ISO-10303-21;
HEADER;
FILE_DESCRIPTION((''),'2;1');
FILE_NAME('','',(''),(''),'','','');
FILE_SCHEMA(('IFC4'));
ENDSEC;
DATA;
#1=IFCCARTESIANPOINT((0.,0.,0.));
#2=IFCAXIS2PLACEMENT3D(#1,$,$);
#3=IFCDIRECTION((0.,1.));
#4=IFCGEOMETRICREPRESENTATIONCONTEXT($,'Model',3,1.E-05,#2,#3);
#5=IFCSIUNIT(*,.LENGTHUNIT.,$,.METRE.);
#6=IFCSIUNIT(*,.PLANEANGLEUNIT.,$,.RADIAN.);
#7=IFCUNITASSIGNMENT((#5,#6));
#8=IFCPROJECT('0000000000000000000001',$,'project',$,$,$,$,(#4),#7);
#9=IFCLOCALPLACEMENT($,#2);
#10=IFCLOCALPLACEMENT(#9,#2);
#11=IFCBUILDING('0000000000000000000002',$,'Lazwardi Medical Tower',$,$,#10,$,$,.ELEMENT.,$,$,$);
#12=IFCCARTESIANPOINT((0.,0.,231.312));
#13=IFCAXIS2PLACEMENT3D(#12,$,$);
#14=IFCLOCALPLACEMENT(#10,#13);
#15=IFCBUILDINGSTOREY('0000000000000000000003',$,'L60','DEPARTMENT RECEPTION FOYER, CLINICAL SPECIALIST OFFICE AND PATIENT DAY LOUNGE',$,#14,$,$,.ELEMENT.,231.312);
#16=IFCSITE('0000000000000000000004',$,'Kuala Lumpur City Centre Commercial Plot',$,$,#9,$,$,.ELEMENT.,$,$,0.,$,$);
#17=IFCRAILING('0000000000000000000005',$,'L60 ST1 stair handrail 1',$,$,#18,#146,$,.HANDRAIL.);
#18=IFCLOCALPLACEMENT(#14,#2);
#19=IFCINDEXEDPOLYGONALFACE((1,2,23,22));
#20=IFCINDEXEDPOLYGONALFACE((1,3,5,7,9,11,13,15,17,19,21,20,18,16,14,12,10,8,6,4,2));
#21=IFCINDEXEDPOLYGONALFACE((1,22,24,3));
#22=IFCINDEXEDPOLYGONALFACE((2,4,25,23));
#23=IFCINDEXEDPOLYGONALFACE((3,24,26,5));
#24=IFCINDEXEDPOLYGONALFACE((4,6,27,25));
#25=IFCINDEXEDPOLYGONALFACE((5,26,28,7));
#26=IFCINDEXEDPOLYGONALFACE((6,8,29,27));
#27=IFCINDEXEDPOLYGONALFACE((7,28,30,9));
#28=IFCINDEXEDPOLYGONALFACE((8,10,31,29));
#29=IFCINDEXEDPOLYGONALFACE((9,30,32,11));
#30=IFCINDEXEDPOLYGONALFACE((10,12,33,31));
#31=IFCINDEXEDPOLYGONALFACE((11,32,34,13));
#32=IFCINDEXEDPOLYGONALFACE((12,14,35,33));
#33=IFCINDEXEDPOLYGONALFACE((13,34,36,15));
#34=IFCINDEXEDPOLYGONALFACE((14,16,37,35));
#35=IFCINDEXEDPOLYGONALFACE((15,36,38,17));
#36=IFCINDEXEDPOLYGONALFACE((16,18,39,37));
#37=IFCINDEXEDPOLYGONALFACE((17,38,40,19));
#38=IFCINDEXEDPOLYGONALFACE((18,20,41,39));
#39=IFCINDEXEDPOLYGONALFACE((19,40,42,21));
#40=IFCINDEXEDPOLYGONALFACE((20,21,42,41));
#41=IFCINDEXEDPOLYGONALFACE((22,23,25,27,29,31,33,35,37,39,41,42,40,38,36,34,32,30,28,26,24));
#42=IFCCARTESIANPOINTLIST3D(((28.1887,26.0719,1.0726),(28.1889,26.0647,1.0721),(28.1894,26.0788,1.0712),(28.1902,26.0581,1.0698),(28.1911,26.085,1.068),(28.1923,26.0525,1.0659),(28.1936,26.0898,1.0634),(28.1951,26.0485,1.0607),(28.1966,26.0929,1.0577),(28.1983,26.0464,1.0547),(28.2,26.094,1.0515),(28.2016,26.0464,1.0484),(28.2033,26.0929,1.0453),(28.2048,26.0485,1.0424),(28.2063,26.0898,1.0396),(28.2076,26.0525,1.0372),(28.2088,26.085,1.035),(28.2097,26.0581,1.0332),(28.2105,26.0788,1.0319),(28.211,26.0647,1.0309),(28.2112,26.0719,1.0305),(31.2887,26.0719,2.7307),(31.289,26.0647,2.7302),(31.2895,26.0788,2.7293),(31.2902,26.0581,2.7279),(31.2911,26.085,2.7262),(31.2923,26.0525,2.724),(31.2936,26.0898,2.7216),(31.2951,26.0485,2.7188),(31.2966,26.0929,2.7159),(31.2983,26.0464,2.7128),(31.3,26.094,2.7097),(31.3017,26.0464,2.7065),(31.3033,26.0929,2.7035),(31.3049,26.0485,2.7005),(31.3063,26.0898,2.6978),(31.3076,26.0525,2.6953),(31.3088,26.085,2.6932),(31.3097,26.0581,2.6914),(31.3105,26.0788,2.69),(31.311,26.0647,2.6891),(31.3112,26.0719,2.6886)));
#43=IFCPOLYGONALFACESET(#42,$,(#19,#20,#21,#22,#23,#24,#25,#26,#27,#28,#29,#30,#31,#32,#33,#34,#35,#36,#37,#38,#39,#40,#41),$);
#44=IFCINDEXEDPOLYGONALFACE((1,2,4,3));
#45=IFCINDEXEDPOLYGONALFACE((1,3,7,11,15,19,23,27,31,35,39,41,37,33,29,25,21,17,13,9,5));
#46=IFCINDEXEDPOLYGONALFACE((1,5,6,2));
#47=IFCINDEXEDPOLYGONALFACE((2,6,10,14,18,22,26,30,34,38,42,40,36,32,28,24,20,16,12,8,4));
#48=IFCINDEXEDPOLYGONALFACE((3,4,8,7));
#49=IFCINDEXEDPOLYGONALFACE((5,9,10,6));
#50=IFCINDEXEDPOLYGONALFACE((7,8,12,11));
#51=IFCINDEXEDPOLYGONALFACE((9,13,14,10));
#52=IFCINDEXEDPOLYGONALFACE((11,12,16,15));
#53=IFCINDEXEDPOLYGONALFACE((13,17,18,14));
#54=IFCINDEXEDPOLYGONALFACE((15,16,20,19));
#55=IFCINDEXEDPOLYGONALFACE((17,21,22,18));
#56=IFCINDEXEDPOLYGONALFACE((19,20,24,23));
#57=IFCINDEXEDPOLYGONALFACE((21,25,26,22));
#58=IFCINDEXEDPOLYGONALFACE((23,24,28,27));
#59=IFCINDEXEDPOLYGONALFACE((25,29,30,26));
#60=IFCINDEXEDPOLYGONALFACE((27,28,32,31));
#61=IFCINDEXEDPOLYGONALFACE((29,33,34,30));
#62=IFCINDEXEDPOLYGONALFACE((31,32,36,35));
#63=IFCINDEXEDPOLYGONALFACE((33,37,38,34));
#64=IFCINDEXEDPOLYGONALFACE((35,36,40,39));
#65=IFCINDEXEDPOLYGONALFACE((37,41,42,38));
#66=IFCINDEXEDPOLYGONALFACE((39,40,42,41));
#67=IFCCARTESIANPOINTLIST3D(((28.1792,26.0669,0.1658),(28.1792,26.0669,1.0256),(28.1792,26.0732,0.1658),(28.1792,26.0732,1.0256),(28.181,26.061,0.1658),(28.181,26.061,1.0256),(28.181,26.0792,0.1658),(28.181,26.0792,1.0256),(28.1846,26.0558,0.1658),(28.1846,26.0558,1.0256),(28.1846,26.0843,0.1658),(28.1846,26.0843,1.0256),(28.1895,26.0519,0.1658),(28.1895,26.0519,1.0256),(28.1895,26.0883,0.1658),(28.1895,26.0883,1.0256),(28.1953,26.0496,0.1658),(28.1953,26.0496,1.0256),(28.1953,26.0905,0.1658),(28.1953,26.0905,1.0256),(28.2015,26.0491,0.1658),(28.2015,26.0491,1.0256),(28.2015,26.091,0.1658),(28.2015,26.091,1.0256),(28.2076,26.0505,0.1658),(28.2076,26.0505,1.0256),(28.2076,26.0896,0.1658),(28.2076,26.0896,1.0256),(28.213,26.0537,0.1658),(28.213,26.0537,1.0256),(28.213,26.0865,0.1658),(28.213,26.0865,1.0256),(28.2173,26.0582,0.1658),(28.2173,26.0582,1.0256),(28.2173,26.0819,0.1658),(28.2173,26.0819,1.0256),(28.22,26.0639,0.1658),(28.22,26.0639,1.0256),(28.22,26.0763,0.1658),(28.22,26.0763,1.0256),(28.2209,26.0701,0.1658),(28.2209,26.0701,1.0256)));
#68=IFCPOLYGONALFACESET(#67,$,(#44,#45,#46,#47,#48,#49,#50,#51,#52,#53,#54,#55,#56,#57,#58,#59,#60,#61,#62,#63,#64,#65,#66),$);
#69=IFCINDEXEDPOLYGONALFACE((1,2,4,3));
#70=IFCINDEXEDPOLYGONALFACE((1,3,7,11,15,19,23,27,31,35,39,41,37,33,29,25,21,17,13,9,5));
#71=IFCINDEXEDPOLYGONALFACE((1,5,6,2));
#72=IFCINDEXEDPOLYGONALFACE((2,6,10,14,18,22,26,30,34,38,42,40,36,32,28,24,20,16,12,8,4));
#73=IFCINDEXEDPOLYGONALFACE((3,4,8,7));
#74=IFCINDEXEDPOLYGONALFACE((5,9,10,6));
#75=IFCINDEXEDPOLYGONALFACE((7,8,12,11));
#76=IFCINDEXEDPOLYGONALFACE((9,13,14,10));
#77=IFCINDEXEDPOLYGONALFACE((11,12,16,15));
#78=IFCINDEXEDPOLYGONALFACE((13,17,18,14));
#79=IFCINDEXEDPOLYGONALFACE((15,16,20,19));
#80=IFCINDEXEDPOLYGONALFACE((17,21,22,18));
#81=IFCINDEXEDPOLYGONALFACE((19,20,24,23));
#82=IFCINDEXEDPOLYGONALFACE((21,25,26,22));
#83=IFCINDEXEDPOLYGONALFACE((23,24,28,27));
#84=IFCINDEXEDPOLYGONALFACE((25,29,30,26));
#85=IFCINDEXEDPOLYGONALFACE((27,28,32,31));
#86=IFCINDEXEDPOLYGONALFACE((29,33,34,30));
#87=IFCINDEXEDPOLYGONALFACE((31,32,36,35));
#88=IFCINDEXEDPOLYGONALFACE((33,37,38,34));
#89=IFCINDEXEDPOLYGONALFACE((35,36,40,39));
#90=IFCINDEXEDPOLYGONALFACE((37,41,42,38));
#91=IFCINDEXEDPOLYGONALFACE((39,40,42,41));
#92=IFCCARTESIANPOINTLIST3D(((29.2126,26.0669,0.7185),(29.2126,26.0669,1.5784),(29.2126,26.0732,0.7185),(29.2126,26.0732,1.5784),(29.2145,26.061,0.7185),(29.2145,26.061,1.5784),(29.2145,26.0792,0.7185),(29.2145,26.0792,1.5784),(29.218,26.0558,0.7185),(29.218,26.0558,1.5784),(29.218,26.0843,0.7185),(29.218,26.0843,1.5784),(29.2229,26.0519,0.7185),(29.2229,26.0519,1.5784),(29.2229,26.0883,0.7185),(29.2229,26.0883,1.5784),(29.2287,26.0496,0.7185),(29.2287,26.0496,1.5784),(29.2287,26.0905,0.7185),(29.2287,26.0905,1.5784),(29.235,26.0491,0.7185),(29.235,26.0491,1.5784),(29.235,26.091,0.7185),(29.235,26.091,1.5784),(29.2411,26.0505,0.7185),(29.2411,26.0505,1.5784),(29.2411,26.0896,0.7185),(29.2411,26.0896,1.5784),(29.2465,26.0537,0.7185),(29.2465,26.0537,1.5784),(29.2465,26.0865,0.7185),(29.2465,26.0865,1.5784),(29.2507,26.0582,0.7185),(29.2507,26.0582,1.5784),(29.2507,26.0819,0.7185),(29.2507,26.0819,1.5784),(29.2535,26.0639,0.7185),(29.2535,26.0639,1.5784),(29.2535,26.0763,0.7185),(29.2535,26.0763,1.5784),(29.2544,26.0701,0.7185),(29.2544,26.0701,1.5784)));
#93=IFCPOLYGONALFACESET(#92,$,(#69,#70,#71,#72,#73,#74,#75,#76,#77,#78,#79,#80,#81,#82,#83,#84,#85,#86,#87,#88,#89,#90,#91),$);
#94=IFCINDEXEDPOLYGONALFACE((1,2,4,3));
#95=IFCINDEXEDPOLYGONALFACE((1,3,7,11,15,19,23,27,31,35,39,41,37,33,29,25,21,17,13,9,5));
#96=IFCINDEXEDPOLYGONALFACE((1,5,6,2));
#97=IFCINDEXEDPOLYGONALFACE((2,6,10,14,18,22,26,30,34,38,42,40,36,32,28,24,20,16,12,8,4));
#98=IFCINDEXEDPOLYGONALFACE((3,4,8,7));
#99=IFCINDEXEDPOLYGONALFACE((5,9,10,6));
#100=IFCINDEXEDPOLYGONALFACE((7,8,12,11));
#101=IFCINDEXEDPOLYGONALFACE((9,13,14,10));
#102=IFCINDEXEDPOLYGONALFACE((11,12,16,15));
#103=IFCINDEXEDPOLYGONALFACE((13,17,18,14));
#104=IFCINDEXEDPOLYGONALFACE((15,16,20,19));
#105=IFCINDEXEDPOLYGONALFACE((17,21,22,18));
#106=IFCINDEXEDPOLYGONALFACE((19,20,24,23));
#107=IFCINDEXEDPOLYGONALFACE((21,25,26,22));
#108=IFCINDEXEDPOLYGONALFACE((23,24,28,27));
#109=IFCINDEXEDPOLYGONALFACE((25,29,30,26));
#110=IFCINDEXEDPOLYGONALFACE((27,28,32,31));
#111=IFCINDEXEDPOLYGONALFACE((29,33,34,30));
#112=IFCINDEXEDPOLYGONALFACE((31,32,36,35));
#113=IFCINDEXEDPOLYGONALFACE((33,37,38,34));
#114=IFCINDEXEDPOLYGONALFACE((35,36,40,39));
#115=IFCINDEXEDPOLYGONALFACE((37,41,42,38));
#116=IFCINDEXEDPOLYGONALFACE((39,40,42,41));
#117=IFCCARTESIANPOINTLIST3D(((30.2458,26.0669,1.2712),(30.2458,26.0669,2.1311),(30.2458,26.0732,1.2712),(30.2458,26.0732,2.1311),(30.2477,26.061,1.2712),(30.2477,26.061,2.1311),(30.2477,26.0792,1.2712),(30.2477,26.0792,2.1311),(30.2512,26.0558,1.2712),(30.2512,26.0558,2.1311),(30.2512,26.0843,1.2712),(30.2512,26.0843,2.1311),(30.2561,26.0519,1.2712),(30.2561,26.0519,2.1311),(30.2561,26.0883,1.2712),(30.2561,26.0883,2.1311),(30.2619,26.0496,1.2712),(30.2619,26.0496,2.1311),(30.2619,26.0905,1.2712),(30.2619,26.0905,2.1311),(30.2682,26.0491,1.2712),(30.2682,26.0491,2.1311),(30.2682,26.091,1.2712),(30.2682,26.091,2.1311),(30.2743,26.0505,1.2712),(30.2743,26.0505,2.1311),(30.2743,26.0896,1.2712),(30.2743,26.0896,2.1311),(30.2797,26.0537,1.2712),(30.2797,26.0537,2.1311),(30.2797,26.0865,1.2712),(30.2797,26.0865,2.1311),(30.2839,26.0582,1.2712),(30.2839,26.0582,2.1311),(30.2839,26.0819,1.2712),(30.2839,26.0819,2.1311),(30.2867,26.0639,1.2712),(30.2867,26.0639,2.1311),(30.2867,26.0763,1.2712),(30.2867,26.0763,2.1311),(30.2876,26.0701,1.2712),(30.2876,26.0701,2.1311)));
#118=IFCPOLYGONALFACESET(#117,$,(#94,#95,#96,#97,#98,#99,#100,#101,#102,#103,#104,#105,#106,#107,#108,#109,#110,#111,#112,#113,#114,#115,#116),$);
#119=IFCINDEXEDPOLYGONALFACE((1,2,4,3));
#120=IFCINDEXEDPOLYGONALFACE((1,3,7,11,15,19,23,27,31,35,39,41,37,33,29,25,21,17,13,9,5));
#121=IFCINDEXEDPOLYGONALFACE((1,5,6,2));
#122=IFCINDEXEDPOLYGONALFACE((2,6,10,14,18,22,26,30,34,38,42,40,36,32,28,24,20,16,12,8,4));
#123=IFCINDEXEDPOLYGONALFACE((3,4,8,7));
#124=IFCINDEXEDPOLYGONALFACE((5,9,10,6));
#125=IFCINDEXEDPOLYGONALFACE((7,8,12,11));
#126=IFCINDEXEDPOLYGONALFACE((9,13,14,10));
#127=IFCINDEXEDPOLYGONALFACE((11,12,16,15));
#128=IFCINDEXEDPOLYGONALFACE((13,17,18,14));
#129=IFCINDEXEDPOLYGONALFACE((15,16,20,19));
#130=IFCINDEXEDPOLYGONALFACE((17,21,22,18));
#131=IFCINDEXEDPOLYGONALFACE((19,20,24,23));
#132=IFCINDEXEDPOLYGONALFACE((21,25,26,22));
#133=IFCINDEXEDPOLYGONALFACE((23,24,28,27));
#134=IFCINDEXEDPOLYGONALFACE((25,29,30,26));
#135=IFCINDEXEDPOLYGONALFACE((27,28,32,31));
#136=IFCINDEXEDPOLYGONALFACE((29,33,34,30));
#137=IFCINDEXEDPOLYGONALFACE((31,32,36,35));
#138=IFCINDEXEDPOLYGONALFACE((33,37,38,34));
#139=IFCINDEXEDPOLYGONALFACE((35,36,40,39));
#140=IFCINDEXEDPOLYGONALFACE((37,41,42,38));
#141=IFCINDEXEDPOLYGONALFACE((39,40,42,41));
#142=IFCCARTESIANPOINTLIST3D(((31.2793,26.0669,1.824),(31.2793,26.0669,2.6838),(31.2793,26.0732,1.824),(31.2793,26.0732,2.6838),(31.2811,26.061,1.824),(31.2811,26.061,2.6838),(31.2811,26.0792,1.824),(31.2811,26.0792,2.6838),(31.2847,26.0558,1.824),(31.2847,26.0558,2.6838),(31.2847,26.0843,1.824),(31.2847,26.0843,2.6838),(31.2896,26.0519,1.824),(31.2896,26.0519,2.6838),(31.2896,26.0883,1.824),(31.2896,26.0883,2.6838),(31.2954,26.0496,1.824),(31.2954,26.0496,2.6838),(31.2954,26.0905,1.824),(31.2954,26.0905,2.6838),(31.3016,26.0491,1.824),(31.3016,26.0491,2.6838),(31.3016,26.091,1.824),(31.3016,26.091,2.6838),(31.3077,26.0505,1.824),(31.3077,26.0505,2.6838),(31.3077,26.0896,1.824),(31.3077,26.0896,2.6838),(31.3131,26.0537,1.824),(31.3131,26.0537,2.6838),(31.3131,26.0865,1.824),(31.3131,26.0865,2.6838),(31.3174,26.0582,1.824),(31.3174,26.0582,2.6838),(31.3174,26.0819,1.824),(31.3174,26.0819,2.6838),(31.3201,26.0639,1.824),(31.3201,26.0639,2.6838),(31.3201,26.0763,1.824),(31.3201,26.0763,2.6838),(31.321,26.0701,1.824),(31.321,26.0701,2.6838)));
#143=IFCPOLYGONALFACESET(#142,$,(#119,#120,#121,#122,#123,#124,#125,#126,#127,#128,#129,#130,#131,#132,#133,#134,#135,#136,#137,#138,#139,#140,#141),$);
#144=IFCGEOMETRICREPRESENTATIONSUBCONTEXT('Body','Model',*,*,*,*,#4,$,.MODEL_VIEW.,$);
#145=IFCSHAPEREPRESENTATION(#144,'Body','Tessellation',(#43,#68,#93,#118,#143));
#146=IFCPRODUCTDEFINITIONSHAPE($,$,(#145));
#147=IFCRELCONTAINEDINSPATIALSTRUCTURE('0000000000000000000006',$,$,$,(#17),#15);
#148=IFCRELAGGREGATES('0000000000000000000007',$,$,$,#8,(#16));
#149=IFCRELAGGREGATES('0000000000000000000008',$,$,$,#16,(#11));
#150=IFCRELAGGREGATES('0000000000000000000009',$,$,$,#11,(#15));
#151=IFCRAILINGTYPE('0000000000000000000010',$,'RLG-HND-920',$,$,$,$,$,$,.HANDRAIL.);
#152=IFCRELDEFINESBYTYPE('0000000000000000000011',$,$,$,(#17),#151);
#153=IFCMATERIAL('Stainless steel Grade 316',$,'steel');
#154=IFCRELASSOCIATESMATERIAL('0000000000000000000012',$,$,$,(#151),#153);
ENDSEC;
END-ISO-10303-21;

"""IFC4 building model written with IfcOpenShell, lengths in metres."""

from ifc_helpers import new_model, si_unit, direction, frame, origin, origin_2d, place, context, subcontext, project, spatial, circle, extrude, material, type_object, element, save


model = new_model("IFC4")

# Units and contexts
model_context = context("Model", 3, precision=1e-05, world=origin(), true_north=direction((0.0, 1.0)))
body_context = subcontext(model_context, "Body", "Model", "MODEL_VIEW")
ifc_project = project(units=[si_unit("LENGTHUNIT", "METRE"), si_unit("PLANEANGLEUNIT", "RADIAN")], contexts=[model_context])

# Site, building, storey
site_placement = place(None, origin())
site = spatial("IfcSite", under=ifc_project, at=site_placement, Name="Kuala Lumpur City Centre Commercial Plot", CompositionType="ELEMENT", RefElevation=0.0)
building_placement = place(site_placement, origin())
building = spatial("IfcBuilding", under=site, at=building_placement, Name="Lazwardi Medical Tower", CompositionType="ELEMENT")
storey_placement = place(building_placement, frame((0.0, 0.0, 231.312)))
storey = spatial("IfcBuildingStorey", under=building, at=storey_placement, Name="L60", Description="DEPARTMENT RECEPTION FOYER, CLINICAL SPECIALIST OFFICE AND PATIENT DAY LOUNGE", CompositionType="ELEMENT", Elevation=231.312)

# Railing
ifc_material_1 = material(Name="Stainless steel Grade 316", Category="steel")
railing_type_1 = type_object("IfcRailingType", Name="RLG-HND-920", PredefinedType="HANDRAIL", material=ifc_material_1)
railing_1_placement = place(storey_placement, frame((28.2, 26.0701, 0.1658)))
element("IfcRailing", 1, at=railing_1_placement, inside=storey, type_object=railing_type_1, Name="L60 ST1 stair handrail 1", PredefinedType="HANDRAIL", context=body_context, shape_type="SweptSolid", body=[
    extrude(circle(Radius=0.0239, at=origin_2d()), frame((0.0, 0.0, 0.8857), z_axis=(0.881783, 0.0, 0.471655), x_axis=(0.0, 1.0, 0.0)), (0.0, 0.0, 1.0), 3.5156),
    extrude(circle(Radius=0.021, at=origin_2d()), origin(), (0.0, 0.0, 1.0), 0.8599),
    extrude(circle(Radius=0.021, at=origin_2d()), frame((1.0334, 0.0, 0.5527)), (0.0, 0.0, 1.0), 0.8599),
    extrude(circle(Radius=0.021, at=origin_2d()), frame((2.0667, 0.0, 1.1055)), (0.0, 0.0, 1.0), 0.8599),
    extrude(circle(Radius=0.021, at=origin_2d()), frame((3.1001, 0.0, 1.6582)), (0.0, 0.0, 1.0), 0.8599),
])

save(model, "model.ifc")
